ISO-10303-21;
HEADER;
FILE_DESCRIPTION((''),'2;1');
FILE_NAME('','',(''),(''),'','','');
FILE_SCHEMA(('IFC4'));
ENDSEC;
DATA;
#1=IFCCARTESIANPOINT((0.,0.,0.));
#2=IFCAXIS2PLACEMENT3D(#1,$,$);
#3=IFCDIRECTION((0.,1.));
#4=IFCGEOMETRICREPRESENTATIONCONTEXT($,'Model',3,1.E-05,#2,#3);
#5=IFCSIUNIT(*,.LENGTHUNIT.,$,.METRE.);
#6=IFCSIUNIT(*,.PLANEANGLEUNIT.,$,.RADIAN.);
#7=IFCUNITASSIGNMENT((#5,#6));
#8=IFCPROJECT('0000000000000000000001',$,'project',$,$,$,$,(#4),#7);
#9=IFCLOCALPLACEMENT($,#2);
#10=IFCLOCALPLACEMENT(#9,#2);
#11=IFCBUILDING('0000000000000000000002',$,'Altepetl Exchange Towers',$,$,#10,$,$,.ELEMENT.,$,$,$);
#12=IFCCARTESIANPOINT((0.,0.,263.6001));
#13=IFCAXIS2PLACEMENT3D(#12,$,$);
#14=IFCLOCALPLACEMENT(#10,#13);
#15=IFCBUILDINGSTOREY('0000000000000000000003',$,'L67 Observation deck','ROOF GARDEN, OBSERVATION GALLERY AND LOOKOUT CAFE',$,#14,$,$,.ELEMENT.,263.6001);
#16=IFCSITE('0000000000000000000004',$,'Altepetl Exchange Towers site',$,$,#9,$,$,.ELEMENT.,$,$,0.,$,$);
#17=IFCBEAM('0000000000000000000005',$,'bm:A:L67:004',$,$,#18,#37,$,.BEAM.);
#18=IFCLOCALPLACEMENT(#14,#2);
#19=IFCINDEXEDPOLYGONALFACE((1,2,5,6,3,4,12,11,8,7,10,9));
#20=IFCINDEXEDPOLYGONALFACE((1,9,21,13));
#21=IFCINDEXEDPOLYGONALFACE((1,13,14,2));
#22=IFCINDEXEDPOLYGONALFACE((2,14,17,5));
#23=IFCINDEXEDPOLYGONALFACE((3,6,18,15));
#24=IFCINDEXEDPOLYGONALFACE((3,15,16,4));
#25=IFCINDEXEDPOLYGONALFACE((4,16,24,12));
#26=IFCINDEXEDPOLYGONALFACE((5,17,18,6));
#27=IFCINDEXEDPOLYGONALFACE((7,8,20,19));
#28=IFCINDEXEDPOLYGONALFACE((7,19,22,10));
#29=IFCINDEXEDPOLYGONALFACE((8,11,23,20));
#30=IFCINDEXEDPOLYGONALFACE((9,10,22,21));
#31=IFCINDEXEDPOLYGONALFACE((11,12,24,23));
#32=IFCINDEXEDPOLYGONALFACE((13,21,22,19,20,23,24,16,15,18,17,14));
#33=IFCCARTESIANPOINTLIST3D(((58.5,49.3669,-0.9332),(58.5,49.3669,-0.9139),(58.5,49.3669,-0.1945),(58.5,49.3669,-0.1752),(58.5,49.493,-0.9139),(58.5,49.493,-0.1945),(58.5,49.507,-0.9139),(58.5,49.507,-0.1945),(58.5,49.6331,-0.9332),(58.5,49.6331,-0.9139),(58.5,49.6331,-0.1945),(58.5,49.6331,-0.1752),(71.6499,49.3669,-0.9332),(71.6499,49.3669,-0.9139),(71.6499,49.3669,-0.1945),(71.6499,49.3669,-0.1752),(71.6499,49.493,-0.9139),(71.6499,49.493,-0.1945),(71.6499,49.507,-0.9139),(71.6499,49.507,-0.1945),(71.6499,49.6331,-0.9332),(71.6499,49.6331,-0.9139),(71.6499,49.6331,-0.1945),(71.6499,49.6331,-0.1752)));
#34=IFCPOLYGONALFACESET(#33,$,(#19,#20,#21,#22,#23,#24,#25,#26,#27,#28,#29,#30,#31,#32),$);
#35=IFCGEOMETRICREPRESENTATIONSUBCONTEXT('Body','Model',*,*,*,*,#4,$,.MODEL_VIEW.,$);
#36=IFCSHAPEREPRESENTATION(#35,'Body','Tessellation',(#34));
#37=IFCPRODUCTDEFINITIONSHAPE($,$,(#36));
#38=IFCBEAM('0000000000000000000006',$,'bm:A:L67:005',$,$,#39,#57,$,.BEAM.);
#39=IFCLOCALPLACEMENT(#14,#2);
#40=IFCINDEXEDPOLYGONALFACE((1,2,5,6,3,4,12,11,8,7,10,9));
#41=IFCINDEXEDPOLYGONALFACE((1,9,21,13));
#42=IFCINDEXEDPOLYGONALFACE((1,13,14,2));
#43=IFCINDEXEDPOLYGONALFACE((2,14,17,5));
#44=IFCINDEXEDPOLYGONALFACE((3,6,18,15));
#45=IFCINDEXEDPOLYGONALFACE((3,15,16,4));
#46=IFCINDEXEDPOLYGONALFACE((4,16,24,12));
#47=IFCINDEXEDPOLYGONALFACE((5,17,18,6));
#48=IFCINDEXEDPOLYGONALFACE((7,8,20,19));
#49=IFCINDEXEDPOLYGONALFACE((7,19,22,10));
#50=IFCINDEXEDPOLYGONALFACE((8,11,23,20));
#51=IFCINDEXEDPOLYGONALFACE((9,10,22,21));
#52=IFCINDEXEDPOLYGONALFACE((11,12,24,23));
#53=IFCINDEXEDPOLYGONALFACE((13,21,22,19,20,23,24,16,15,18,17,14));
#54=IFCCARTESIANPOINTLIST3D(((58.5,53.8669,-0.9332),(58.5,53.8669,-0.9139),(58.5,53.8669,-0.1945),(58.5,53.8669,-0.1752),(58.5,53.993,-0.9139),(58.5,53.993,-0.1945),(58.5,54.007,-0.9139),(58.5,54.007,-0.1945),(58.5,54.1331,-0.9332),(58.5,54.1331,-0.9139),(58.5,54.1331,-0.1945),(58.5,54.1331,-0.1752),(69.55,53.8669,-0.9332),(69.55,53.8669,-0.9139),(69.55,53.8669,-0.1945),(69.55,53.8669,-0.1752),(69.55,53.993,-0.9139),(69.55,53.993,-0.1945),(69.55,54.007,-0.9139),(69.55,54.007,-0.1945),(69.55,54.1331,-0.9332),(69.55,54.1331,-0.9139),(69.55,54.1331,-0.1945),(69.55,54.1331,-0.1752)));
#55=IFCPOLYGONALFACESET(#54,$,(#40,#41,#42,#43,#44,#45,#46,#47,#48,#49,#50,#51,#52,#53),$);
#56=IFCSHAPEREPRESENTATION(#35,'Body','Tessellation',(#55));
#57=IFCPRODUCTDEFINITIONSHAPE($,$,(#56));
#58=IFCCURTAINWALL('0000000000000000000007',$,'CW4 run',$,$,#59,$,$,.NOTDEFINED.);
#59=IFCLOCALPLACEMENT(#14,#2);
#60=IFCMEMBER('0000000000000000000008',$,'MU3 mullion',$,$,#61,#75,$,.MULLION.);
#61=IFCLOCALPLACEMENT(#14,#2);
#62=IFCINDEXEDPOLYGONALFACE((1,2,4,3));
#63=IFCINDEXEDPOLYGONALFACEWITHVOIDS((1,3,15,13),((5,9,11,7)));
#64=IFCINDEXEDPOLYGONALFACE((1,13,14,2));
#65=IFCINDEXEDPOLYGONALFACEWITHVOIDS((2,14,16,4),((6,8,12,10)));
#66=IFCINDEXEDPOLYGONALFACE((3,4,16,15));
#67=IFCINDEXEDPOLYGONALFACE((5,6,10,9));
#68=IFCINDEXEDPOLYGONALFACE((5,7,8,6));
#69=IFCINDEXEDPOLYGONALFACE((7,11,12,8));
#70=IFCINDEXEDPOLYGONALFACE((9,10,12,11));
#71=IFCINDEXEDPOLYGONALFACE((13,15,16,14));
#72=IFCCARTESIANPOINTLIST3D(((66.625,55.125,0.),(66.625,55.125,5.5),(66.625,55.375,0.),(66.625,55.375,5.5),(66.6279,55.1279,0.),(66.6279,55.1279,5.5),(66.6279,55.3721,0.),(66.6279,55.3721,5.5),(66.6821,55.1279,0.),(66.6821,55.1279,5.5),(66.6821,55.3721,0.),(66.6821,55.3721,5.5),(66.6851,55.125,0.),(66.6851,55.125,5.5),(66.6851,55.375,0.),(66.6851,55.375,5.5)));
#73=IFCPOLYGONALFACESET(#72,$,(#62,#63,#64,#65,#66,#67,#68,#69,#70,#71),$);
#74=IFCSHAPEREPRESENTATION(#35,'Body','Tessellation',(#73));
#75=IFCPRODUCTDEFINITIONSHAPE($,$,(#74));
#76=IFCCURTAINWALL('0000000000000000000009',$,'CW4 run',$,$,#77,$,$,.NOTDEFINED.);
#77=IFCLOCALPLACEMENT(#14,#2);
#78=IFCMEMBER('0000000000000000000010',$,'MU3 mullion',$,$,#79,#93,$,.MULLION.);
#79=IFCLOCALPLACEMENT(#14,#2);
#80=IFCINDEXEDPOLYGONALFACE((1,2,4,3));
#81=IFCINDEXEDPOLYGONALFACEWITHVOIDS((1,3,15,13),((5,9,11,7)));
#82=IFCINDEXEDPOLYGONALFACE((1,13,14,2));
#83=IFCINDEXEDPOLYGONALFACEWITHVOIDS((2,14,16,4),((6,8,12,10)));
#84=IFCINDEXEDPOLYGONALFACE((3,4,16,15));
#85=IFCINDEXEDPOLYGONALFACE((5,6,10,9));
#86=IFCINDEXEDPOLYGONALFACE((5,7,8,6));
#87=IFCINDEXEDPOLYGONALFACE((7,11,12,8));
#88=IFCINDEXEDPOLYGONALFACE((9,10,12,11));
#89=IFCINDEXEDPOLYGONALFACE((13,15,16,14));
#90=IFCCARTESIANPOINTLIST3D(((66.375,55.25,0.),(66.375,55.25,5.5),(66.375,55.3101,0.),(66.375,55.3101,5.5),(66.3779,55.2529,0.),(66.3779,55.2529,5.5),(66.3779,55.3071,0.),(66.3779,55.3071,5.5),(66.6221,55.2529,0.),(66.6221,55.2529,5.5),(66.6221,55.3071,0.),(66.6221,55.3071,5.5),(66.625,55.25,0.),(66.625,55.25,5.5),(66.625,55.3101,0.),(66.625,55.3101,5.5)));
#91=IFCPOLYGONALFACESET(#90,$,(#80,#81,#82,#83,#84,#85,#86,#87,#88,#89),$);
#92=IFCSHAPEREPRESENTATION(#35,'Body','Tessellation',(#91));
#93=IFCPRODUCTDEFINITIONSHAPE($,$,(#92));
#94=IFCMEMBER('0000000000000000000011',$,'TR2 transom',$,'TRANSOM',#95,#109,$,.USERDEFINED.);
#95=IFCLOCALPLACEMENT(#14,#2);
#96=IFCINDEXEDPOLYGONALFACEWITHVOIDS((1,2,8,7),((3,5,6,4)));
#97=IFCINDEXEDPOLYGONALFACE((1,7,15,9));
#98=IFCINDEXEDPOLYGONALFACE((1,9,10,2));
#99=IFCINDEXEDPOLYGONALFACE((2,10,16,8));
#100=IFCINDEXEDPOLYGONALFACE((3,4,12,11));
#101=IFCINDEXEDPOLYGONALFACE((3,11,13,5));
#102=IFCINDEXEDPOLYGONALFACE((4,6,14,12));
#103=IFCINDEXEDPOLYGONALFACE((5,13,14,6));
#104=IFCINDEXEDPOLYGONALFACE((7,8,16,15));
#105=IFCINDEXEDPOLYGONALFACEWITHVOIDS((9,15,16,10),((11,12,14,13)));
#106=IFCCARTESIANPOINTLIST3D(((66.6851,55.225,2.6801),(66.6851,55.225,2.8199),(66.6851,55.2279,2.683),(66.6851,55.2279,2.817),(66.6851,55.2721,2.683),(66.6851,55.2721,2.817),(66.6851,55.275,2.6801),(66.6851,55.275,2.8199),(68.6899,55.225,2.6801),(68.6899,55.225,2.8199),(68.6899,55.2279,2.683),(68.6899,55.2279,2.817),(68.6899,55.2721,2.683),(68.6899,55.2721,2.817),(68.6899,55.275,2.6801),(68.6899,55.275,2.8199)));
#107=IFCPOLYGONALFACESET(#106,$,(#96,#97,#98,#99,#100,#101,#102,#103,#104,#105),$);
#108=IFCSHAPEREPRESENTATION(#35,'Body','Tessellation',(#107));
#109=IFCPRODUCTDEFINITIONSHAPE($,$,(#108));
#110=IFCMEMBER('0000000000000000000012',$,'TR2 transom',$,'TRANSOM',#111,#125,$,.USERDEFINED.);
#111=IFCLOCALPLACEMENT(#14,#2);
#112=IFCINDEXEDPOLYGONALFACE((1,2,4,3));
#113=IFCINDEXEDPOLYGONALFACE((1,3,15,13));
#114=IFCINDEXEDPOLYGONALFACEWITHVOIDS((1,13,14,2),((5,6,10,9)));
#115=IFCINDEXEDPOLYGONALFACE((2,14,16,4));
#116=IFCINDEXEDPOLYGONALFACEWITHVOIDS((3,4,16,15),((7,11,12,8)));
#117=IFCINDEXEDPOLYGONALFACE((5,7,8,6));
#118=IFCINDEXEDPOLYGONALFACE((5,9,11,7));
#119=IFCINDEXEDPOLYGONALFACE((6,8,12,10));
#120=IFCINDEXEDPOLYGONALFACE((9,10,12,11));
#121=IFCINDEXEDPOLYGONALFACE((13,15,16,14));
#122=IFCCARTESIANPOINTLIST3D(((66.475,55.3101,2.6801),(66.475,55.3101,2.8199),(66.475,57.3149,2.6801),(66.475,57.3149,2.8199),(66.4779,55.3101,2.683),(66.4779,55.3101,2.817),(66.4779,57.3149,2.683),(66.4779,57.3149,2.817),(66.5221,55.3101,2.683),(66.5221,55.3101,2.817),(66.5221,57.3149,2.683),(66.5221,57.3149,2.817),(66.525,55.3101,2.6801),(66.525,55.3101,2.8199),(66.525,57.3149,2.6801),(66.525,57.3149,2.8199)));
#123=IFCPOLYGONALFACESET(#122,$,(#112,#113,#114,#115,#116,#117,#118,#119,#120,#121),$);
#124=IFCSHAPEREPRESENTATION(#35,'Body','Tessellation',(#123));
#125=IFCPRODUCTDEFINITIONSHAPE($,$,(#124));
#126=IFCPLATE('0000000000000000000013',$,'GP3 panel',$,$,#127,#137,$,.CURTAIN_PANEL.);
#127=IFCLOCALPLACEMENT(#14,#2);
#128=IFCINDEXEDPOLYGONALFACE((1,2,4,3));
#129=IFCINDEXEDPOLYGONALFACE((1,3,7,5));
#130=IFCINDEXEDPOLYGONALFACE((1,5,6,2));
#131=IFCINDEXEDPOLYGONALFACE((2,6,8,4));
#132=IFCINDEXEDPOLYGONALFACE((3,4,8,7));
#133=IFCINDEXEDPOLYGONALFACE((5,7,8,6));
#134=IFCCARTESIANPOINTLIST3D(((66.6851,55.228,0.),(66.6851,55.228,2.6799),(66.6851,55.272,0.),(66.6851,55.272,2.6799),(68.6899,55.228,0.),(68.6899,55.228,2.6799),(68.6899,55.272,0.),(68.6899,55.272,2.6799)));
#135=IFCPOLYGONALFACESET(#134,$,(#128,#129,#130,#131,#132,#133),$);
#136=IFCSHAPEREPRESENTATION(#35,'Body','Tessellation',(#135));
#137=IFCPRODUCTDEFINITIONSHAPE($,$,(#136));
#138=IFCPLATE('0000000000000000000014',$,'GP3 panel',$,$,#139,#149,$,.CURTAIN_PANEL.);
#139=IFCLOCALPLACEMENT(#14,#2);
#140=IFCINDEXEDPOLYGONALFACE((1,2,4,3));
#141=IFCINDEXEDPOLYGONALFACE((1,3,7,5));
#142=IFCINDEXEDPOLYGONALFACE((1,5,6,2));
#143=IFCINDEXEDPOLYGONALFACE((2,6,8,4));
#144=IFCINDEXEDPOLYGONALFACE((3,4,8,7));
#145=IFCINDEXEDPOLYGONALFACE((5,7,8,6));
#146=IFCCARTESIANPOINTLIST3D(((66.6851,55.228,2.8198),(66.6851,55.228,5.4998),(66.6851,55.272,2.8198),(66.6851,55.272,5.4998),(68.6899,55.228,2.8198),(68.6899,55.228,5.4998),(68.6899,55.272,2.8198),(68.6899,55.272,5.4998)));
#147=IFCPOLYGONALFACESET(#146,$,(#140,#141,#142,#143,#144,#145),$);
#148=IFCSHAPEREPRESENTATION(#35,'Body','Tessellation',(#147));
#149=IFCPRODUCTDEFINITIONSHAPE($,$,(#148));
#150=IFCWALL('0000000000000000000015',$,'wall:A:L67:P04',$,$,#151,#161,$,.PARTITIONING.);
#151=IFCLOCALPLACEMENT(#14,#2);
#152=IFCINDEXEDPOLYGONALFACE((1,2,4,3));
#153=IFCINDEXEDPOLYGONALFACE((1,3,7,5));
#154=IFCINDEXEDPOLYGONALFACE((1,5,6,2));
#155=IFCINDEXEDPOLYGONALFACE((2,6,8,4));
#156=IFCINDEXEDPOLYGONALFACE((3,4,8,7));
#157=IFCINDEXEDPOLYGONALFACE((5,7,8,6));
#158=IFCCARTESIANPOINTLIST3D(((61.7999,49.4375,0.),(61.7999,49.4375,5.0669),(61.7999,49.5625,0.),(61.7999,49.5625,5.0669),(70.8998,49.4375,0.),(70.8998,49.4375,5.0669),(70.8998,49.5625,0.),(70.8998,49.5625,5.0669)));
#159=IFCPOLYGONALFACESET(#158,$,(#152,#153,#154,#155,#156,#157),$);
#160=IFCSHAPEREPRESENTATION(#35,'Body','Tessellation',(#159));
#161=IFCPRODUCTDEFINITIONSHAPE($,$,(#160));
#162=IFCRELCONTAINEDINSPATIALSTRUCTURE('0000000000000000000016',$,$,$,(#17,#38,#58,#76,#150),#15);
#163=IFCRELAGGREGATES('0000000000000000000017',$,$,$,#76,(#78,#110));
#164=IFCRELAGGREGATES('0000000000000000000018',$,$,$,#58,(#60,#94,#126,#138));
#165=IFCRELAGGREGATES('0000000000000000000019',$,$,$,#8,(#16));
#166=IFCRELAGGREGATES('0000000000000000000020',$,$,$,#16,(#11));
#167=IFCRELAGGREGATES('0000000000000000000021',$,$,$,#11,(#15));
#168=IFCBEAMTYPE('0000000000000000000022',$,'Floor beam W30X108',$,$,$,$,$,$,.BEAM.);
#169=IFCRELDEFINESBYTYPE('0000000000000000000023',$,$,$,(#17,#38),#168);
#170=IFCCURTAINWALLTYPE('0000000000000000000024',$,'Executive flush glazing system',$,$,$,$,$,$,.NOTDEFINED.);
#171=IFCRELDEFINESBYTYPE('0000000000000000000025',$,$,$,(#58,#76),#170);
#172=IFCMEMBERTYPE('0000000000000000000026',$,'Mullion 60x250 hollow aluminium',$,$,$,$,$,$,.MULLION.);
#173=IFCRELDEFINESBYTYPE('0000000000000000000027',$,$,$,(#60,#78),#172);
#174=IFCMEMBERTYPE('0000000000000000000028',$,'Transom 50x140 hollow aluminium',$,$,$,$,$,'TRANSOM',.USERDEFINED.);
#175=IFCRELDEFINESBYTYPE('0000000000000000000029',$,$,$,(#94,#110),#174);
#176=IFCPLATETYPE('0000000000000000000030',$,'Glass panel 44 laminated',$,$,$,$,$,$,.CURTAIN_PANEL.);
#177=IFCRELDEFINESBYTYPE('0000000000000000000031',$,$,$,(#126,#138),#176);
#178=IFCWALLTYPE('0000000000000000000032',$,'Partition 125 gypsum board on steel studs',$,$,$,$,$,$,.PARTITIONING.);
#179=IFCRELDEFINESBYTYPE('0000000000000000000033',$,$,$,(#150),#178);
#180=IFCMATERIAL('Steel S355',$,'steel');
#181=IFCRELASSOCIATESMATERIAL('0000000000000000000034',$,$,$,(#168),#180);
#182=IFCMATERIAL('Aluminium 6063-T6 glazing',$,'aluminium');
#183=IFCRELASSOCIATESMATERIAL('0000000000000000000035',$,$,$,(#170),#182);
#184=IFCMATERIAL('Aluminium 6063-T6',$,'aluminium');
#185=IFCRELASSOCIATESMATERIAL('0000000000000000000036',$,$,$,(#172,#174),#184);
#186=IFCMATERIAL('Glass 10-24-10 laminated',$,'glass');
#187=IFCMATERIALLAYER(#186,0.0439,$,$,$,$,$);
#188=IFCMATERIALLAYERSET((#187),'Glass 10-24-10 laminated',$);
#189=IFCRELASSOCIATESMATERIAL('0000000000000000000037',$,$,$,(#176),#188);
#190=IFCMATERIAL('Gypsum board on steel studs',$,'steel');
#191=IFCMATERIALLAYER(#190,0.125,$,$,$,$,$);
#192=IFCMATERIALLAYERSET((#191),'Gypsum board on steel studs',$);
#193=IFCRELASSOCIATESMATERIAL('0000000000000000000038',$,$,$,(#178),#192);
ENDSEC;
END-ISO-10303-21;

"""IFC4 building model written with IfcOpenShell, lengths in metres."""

from ifc_helpers import new_model, si_unit, direction, frame, frame_2d, origin, origin_2d, place, context, subcontext, project, spatial, rectangle, hollow_rectangle, i_section, extrude, material, layer, layer_set, material_profile, profile_set, type_object, element, aggregate, save


model = new_model("IFC4")

# Units and contexts
model_context = context("Model", 3, precision=1e-05, world=origin(), true_north=direction((0.0, 1.0)))
body_context = subcontext(model_context, "Body", "Model", "MODEL_VIEW")
ifc_project = project(units=[si_unit("LENGTHUNIT", "METRE"), si_unit("PLANEANGLEUNIT", "RADIAN")], contexts=[model_context])

# Site, building, storey
site_placement = place(None, origin())
site = spatial("IfcSite", under=ifc_project, at=site_placement, Name="Altepetl Exchange Towers site", CompositionType="ELEMENT", RefElevation=0.0)
building_placement = place(site_placement, origin())
building = spatial("IfcBuilding", under=site, at=building_placement, Name="Altepetl Exchange Towers", CompositionType="ELEMENT")
storey_placement = place(building_placement, frame((0.0, 0.0, 263.6001)))
storey = spatial("IfcBuildingStorey", under=building, at=storey_placement, Name="L67 Observation deck", Description="ROOF GARDEN, OBSERVATION GALLERY AND LOOKOUT CAFE", CompositionType="ELEMENT", Elevation=263.6001)

# Beams
ifc_material_1 = material(Name="Steel S355", Category="steel")
ifc_material_profile_1 = material_profile(ifc_material_1, i_section(OverallWidth=0.2661, OverallDepth=0.7581, WebThickness=0.0139, FlangeThickness=0.0193, at=origin_2d()), Name="W30X108")
ifc_profile_set_1 = profile_set([ifc_material_profile_1], Name="Steel S355")
beam_type = type_object("IfcBeamType", Name="Floor beam W30X108", PredefinedType="BEAM", material=ifc_profile_set_1)
beam_1_placement = place(storey_placement, frame((58.5, 49.5, -0.5542), z_axis=(1.0, 0.0, 0.0), x_axis=(0.0, 1.0, 0.0)))
element("IfcBeam", 1, at=beam_1_placement, inside=storey, type_object=beam_type, Name="bm:A:L67:004", PredefinedType="BEAM", context=body_context, shape_type="SweptSolid", body=[
    extrude(i_section(OverallWidth=0.2661, OverallDepth=0.7581, WebThickness=0.0139, FlangeThickness=0.0193, at=origin_2d()), origin(), (0.0, 0.0, 1.0), 13.1499),
])
beam_2_placement = place(storey_placement, frame((58.5, 54.0, -0.5542), z_axis=(1.0, 0.0, 0.0), x_axis=(0.0, 1.0, 0.0)))
element("IfcBeam", 2, at=beam_2_placement, inside=storey, type_object=beam_type, Name="bm:A:L67:005", PredefinedType="BEAM", context=body_context, shape_type="SweptSolid", body=[
    extrude(i_section(OverallWidth=0.2661, OverallDepth=0.7581, WebThickness=0.0139, FlangeThickness=0.0193, at=origin_2d()), origin(), (0.0, 0.0, 1.0), 11.05),
])

# Curtain walls, members
ifc_material_2 = material(Name="Aluminium 6063-T6 glazing", Category="aluminium")
curtain_wall_type = type_object("IfcCurtainWallType", Name="Executive flush glazing system", PredefinedType="NOTDEFINED", material=ifc_material_2)
curtain_wall_1_placement = place(storey_placement, origin())
curtain_wall_1 = element("IfcCurtainWall", 3, at=curtain_wall_1_placement, inside=storey, type_object=curtain_wall_type, Name="CW4 run", PredefinedType="NOTDEFINED")
ifc_material_3 = material(Name="Aluminium 6063-T6", Category="aluminium")
ifc_material_profile_2 = material_profile(ifc_material_3, hollow_rectangle(XDim=0.0601, YDim=0.25, WallThickness=0.0029, at=origin_2d()), Name="Mullion 60x250 hollow aluminium")
ifc_profile_set_2 = profile_set([ifc_material_profile_2], Name="Aluminium 6063-T6")
member_type_1 = type_object("IfcMemberType", Name="Mullion 60x250 hollow aluminium", PredefinedType="MULLION", material=ifc_profile_set_2)
member_1_placement = place(storey_placement, frame((66.655, 55.25, 0.0), z_axis=(0.0, 0.0, 1.0), x_axis=(-1.0, 0.0, 0.0)))
member_1 = element("IfcMember", 4, at=member_1_placement, type_object=member_type_1, Name="MU3 mullion", PredefinedType="MULLION", context=body_context, shape_type="SweptSolid", body=[
    extrude(hollow_rectangle(XDim=0.0601, YDim=0.25, WallThickness=0.0029, at=origin_2d()), origin(), (0.0, 0.0, 1.0), 5.5),
])
curtain_wall_2_placement = place(storey_placement, origin())
curtain_wall_2 = element("IfcCurtainWall", 5, at=curtain_wall_2_placement, inside=storey, type_object=curtain_wall_type, Name="CW4 run", PredefinedType="NOTDEFINED")
member_2_placement = place(storey_placement, frame((66.5, 55.28, 0.0), z_axis=(0.0, 0.0, 1.0), x_axis=(0.0, 1.0, 0.0)))
member_2 = element("IfcMember", 6, at=member_2_placement, type_object=member_type_1, Name="MU3 mullion", PredefinedType="MULLION", context=body_context, shape_type="SweptSolid", body=[
    extrude(hollow_rectangle(XDim=0.0601, YDim=0.25, WallThickness=0.0029, at=origin_2d()), origin(), (0.0, 0.0, 1.0), 5.5),
])

# Members
ifc_material_profile_3 = material_profile(ifc_material_3, hollow_rectangle(XDim=0.05, YDim=0.1399, WallThickness=0.0029, at=origin_2d()), Name="Transom 50x140 hollow aluminium")
ifc_profile_set_3 = profile_set([ifc_material_profile_3], Name="Aluminium 6063-T6")
member_type_2 = type_object("IfcMemberType", Name="Transom 50x140 hollow aluminium", ElementType="TRANSOM", PredefinedType="USERDEFINED", material=ifc_profile_set_3)
member_3_placement = place(storey_placement, frame((68.6899, 55.25, 2.75), z_axis=(-1.0, 0.0, 0.0), x_axis=(0.0, -1.0, 0.0)))
member_3 = element("IfcMember", 7, at=member_3_placement, type_object=member_type_2, Name="TR2 transom", ObjectType="TRANSOM", PredefinedType="USERDEFINED", context=body_context, shape_type="SweptSolid", body=[
    extrude(hollow_rectangle(XDim=0.05, YDim=0.1399, WallThickness=0.0029, at=origin_2d()), origin(), (0.0, 0.0, 1.0), 2.0049),
])
member_4_placement = place(storey_placement, frame((66.5, 55.3101, 2.75), z_axis=(0.0, 1.0, 0.0), x_axis=(-1.0, 0.0, 0.0)))
member_4 = element("IfcMember", 8, at=member_4_placement, type_object=member_type_2, Name="TR2 transom", ObjectType="TRANSOM", PredefinedType="USERDEFINED", context=body_context, shape_type="SweptSolid", body=[
    extrude(hollow_rectangle(XDim=0.05, YDim=0.1399, WallThickness=0.0029, at=origin_2d()), origin(), (0.0, 0.0, 1.0), 2.0049),
])
aggregate(curtain_wall_2, [member_2, member_4])

# Plates
ifc_material_4 = material(Name="Glass 10-24-10 laminated", Category="glass")
ifc_layer_1 = layer(ifc_material_4, 0.0439)
ifc_layer_set_1 = layer_set([ifc_layer_1], Name="Glass 10-24-10 laminated")
plate_type = type_object("IfcPlateType", Name="Glass panel 44 laminated", PredefinedType="CURTAIN_PANEL", material=ifc_layer_set_1)
plate_1_placement = place(storey_placement, frame((67.6875, 55.25, 0.0), z_axis=(0.0, 0.0, 1.0), x_axis=(-1.0, 0.0, 0.0)))
plate_1 = element("IfcPlate", 9, at=plate_1_placement, type_object=plate_type, Name="GP3 panel", PredefinedType="CURTAIN_PANEL", context=body_context, shape_type="SweptSolid", body=[
    extrude(rectangle(XDim=2.0049, YDim=0.0439, at=origin_2d()), origin(), (0.0, 0.0, 1.0), 2.6799),
])
plate_2_placement = place(storey_placement, frame((67.6875, 55.25, 2.8198), z_axis=(0.0, 0.0, 1.0), x_axis=(-1.0, 0.0, 0.0)))
plate_2 = element("IfcPlate", 10, at=plate_2_placement, type_object=plate_type, Name="GP3 panel", PredefinedType="CURTAIN_PANEL", context=body_context, shape_type="SweptSolid", body=[
    extrude(rectangle(XDim=2.0049, YDim=0.0439, at=origin_2d()), origin(), (0.0, 0.0, 1.0), 2.6799),
])
aggregate(curtain_wall_1, [member_1, member_3, plate_1, plate_2])

# Wall
ifc_material_5 = material(Name="Gypsum board on steel studs", Category="steel")
ifc_layer_2 = layer(ifc_material_5, 0.125)
ifc_layer_set_2 = layer_set([ifc_layer_2], Name="Gypsum board on steel studs")
wall_type_1 = type_object("IfcWallType", Name="Partition 125 gypsum board on steel studs", PredefinedType="PARTITIONING", material=ifc_layer_set_2)
wall_1_placement = place(storey_placement, frame((61.8, 49.5, 0.0)))
element("IfcWall", 11, at=wall_1_placement, inside=storey, type_object=wall_type_1, Name="wall:A:L67:P04", PredefinedType="PARTITIONING", context=body_context, shape_type="SweptSolid", body=[
    extrude(rectangle(XDim=9.0999, YDim=0.125, at=frame_2d((4.5498, 0.0))), origin(), (0.0, 0.0, 1.0), 5.0669),
])

save(model, "model.ifc")
